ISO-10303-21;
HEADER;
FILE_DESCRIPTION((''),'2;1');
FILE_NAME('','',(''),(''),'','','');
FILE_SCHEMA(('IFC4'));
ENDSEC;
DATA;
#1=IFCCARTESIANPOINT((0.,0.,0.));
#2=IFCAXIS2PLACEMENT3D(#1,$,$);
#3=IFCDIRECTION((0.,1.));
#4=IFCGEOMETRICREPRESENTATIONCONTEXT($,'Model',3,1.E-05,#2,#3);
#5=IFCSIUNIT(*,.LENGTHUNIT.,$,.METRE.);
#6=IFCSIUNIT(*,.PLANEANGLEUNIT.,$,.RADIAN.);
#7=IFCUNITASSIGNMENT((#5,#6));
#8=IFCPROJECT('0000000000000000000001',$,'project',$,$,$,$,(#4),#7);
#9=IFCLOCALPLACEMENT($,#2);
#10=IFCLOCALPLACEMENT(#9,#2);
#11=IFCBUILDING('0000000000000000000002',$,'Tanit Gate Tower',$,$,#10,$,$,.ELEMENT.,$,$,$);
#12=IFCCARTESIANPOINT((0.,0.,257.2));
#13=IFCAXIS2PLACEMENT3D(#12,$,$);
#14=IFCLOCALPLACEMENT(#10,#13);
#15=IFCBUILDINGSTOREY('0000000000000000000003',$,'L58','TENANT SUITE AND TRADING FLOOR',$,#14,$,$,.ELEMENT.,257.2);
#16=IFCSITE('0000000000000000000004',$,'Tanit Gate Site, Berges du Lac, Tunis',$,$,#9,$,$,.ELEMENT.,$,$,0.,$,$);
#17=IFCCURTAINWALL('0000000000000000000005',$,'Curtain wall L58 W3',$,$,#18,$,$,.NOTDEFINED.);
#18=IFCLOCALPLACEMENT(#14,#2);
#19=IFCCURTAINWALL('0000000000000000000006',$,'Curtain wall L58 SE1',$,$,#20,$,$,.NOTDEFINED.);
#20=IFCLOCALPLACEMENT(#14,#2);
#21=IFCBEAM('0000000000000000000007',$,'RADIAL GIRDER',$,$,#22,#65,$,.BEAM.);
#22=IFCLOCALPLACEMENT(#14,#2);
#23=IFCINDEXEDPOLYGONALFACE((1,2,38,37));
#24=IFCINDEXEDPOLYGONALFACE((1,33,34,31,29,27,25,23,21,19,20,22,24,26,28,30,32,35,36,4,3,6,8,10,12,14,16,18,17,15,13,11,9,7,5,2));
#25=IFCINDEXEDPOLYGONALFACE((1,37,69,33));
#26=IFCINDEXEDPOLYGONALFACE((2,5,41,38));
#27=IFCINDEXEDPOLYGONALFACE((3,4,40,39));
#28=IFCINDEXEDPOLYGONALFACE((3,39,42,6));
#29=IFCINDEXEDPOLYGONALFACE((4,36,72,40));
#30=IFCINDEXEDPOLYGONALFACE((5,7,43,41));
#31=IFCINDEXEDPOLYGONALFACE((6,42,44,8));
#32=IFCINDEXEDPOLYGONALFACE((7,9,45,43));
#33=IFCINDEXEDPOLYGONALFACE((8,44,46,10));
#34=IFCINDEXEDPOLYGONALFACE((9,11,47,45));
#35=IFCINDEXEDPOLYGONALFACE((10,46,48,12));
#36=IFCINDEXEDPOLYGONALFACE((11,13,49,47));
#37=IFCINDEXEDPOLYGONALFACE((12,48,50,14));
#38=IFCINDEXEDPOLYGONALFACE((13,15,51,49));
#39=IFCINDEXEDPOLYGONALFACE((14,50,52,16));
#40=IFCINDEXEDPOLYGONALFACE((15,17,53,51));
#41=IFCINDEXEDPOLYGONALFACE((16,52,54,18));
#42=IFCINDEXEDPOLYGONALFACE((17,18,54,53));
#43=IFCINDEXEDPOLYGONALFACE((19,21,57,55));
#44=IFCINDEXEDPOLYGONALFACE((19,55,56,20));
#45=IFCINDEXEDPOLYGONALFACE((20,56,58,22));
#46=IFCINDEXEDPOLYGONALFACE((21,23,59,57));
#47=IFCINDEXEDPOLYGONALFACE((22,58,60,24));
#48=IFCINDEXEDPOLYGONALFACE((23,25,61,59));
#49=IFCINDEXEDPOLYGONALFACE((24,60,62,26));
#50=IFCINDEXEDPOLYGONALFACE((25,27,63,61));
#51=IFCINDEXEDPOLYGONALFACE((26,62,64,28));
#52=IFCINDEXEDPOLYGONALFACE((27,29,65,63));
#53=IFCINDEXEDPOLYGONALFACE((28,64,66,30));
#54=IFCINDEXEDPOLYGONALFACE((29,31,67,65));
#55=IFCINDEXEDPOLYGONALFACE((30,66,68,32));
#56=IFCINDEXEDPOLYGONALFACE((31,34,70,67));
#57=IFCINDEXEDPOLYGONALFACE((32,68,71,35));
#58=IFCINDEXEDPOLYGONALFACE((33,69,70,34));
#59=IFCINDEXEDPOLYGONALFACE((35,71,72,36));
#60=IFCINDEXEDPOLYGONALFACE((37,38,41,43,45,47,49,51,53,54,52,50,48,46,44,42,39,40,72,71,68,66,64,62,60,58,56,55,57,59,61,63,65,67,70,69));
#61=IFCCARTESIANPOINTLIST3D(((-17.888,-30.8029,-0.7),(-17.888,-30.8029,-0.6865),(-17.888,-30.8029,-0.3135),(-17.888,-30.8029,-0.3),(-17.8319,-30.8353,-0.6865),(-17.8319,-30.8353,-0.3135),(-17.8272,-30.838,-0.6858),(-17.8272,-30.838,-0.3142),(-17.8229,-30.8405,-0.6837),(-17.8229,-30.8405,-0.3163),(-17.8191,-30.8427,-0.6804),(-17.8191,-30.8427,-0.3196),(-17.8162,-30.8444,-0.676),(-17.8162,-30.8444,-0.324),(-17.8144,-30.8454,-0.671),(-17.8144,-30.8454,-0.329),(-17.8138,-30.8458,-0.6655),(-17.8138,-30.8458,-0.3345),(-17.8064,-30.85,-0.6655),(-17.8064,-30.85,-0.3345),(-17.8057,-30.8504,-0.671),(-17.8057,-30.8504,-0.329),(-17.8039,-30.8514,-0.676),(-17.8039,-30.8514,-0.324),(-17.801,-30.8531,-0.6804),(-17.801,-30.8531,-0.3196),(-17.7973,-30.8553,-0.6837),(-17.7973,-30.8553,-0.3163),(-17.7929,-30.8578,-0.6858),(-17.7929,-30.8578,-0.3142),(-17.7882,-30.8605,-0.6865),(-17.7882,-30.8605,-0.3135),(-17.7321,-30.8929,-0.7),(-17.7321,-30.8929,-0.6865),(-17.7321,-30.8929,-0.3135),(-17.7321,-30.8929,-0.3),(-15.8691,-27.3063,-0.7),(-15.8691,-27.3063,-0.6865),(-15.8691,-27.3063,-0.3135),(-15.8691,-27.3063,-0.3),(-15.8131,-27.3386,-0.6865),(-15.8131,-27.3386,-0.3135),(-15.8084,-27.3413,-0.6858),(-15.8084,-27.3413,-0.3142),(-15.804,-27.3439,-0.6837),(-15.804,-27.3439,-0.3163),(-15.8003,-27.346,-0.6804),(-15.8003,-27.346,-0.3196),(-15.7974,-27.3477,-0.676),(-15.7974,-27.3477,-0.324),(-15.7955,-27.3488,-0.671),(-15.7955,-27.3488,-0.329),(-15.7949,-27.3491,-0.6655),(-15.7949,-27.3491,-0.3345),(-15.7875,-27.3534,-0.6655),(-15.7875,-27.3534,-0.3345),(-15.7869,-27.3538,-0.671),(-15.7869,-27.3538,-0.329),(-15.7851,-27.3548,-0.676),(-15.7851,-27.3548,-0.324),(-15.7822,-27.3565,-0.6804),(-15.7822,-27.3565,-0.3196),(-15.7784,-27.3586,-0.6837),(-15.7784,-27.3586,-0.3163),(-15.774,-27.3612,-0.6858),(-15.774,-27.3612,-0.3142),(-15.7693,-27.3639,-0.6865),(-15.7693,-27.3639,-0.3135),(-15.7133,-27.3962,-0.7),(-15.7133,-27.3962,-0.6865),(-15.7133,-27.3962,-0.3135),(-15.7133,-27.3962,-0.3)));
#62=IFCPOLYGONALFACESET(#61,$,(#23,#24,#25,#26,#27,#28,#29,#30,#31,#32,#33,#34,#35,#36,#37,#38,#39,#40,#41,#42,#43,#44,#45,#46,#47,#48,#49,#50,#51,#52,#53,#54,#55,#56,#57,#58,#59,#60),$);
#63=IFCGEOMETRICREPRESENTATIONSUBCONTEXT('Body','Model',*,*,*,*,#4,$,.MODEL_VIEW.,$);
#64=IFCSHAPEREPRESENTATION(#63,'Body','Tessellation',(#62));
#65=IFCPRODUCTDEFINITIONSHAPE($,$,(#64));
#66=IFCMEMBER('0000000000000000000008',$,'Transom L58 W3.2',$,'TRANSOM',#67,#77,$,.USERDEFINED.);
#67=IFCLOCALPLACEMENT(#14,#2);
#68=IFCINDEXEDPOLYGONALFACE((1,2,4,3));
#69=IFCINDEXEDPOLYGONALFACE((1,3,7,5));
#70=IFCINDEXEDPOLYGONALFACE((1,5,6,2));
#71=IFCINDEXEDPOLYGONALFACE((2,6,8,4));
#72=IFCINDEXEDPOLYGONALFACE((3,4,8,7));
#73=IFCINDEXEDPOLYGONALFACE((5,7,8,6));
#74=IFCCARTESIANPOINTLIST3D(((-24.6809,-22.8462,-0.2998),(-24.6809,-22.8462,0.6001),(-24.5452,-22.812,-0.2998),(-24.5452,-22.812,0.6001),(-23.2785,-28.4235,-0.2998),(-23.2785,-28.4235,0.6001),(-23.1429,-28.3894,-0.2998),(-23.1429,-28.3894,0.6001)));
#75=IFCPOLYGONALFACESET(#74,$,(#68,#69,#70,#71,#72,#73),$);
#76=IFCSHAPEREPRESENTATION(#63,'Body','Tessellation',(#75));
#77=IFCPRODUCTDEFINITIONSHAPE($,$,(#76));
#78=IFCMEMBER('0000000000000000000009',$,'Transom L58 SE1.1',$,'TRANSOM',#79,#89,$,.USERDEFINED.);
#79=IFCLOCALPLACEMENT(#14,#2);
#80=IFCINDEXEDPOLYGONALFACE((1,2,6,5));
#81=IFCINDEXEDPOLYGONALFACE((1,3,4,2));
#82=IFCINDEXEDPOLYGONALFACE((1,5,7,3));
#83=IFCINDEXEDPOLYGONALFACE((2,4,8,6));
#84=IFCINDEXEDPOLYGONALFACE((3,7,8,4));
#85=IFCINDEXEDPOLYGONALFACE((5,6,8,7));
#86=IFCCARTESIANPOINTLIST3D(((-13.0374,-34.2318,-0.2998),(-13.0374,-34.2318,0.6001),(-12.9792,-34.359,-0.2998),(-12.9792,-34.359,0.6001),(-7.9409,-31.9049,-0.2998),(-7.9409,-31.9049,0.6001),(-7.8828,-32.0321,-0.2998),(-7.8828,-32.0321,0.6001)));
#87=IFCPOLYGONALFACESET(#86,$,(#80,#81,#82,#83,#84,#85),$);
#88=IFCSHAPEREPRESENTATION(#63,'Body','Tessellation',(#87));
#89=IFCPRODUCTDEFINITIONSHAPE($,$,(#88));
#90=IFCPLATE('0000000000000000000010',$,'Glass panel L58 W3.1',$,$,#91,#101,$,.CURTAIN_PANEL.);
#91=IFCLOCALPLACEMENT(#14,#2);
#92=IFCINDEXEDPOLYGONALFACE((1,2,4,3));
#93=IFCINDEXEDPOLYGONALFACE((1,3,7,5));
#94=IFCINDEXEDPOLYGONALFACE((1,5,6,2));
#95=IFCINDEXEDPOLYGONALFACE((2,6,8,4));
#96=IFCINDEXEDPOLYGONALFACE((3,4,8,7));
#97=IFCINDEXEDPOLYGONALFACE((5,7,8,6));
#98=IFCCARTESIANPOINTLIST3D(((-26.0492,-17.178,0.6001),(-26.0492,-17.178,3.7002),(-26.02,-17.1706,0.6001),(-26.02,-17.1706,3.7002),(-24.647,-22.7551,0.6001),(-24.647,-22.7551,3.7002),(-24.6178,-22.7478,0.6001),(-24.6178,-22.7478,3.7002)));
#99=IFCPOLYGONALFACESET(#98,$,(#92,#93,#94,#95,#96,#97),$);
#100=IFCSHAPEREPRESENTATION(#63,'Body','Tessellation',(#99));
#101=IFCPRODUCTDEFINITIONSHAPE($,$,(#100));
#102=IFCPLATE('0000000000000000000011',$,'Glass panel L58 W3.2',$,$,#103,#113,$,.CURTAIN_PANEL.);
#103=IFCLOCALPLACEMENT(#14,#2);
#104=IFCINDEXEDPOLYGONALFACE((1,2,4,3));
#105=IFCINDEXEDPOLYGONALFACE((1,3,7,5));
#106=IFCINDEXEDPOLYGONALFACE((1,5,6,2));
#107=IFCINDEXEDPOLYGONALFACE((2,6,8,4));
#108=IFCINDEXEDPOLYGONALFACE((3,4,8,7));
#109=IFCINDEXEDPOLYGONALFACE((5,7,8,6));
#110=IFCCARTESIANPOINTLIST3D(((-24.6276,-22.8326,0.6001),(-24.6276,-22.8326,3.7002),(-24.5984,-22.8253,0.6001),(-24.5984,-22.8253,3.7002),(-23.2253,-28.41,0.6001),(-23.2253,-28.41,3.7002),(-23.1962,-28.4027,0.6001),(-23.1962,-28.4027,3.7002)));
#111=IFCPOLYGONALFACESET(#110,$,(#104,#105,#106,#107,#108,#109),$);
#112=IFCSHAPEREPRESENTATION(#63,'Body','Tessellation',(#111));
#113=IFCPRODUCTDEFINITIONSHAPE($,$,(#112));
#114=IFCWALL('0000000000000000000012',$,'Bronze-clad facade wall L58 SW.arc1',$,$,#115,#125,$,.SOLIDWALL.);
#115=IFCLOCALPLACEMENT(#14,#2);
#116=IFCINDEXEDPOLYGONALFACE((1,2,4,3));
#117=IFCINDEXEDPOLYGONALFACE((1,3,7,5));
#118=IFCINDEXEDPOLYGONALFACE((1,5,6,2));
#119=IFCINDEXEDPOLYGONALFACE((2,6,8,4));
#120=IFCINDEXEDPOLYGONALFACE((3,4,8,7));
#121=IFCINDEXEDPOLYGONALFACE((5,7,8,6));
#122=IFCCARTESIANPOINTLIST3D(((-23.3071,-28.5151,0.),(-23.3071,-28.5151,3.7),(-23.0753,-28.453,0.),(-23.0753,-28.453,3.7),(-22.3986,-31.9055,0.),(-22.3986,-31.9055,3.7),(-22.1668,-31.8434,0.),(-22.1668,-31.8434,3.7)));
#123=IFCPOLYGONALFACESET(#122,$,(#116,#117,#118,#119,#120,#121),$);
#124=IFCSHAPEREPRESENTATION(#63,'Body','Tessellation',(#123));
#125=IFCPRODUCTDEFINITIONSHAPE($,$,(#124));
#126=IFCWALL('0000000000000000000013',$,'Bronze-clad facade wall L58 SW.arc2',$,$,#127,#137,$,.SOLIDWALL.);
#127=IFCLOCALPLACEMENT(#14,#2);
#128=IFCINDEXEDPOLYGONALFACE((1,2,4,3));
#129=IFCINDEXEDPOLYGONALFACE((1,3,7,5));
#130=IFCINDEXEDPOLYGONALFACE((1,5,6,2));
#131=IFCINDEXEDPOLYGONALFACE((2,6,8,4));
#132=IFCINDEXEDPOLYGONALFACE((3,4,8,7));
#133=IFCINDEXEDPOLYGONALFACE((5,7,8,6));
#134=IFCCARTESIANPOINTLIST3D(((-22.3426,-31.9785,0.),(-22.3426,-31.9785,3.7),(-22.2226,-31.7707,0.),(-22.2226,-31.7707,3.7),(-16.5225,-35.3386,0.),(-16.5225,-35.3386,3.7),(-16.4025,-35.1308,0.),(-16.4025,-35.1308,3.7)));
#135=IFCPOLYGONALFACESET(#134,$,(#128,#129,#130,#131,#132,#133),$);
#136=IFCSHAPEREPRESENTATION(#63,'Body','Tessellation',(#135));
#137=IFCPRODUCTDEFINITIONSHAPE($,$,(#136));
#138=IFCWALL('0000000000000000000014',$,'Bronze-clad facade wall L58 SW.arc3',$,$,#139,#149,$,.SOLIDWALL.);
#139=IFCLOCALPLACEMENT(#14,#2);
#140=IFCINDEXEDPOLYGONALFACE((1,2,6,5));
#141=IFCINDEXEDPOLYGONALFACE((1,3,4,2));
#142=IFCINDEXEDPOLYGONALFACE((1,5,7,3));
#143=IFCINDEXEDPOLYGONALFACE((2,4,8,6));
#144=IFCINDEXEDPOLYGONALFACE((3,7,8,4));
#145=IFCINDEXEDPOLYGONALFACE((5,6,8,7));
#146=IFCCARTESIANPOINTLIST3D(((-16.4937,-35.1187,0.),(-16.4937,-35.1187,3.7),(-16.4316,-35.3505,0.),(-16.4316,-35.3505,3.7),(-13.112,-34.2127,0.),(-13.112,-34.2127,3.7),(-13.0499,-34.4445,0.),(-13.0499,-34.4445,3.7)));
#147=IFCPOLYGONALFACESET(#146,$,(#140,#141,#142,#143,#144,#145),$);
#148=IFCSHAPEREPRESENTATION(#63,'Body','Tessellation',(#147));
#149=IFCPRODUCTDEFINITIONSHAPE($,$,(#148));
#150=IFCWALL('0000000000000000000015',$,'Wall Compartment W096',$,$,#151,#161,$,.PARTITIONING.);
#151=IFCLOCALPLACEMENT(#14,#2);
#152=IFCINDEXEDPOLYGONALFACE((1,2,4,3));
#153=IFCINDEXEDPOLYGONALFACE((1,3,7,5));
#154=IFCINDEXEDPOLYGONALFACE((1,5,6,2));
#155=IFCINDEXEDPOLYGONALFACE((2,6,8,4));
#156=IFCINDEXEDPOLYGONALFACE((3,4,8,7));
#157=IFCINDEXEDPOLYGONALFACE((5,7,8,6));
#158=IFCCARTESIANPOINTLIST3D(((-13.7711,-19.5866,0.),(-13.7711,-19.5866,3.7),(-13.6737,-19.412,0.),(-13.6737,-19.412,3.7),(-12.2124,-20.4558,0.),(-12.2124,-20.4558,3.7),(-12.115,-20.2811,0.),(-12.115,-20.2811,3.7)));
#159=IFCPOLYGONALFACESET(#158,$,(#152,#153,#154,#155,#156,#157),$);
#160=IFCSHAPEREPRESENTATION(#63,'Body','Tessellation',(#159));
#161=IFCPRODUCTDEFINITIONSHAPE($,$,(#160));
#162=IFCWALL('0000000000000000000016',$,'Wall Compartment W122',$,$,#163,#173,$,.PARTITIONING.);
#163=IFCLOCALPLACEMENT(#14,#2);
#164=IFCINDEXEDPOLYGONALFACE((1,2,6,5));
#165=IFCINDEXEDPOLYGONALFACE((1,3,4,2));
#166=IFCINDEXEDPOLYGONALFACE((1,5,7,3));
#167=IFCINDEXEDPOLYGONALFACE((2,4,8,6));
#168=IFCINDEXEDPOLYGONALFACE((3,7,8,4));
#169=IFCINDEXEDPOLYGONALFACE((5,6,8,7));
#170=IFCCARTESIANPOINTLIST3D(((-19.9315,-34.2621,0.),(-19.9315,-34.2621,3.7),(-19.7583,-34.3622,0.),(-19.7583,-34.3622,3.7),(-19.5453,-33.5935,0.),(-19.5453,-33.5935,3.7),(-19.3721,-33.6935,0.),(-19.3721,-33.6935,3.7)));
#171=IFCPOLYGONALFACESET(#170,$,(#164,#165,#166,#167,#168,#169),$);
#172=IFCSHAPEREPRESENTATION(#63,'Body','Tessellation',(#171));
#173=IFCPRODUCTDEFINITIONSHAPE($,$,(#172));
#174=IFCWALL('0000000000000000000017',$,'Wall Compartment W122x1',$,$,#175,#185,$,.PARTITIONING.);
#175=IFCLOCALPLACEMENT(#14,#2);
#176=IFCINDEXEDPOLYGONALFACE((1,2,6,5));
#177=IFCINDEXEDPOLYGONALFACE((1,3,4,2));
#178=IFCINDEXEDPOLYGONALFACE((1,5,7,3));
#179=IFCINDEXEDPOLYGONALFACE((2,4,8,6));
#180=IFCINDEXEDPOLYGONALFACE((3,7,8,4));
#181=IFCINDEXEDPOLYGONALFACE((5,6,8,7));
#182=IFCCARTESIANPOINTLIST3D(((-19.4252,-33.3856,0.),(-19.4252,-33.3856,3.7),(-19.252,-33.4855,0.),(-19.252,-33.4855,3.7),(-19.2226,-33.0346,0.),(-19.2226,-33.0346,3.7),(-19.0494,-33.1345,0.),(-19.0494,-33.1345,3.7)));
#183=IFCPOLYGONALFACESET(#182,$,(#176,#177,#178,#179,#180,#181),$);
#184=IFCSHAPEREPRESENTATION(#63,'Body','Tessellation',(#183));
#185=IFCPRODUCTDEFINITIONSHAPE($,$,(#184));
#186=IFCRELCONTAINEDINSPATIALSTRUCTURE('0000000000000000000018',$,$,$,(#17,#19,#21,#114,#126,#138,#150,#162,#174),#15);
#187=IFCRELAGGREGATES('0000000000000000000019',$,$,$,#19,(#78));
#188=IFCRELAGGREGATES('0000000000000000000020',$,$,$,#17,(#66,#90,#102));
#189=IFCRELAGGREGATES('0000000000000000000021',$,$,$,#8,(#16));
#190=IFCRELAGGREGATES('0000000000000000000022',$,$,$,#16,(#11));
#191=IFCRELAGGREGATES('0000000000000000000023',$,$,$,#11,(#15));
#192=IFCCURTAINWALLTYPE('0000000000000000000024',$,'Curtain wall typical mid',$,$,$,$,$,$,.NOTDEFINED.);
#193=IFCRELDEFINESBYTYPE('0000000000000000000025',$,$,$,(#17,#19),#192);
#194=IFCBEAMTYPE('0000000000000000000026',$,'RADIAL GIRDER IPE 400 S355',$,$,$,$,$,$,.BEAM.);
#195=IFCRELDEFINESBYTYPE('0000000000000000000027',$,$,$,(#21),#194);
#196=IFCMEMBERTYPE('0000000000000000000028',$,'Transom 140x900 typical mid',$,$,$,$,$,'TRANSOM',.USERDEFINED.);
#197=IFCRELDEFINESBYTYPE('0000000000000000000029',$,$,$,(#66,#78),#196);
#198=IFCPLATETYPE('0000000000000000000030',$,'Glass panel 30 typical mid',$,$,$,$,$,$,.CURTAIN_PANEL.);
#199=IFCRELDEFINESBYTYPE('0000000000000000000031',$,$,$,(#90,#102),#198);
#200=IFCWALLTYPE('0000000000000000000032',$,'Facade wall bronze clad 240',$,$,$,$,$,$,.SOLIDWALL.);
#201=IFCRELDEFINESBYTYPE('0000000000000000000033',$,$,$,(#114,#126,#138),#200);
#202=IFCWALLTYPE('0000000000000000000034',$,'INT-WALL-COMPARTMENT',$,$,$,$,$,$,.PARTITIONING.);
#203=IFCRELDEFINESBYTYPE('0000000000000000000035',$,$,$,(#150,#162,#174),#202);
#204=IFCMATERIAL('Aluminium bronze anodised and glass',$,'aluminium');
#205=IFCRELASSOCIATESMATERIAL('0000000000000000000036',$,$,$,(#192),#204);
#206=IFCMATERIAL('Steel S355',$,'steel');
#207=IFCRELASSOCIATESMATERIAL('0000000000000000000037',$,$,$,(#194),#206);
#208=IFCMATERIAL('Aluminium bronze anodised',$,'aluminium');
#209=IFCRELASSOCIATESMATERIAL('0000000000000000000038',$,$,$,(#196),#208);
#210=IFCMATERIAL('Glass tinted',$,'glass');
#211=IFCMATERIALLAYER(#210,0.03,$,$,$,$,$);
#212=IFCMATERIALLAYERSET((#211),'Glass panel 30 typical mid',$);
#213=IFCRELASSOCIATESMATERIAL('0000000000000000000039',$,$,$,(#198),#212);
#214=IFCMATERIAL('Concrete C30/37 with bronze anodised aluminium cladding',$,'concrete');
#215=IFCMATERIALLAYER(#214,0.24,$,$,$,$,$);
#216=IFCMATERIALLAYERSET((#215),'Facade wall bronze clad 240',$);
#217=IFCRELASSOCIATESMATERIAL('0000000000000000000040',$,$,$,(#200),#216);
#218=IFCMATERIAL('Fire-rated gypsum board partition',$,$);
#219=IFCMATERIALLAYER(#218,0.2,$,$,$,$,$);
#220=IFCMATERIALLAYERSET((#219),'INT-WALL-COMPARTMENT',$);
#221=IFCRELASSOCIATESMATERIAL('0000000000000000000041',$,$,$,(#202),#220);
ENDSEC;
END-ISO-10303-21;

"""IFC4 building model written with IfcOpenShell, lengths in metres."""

from ifc_helpers import new_model, si_unit, direction, frame, frame_2d, origin, origin_2d, place, context, subcontext, project, spatial, rectangle, i_section, extrude, material, layer, layer_set, material_profile, profile_set, type_object, element, aggregate, save


model = new_model("IFC4")

# Units and contexts
model_context = context("Model", 3, precision=1e-05, world=origin(), true_north=direction((0.0, 1.0)))
body_context = subcontext(model_context, "Body", "Model", "MODEL_VIEW")
ifc_project = project(units=[si_unit("LENGTHUNIT", "METRE"), si_unit("PLANEANGLEUNIT", "RADIAN")], contexts=[model_context])

# Site, building, storey
site_placement = place(None, origin())
site = spatial("IfcSite", under=ifc_project, at=site_placement, Name="Tanit Gate Site, Berges du Lac, Tunis", CompositionType="ELEMENT", RefElevation=0.0)
building_placement = place(site_placement, origin())
building = spatial("IfcBuilding", under=site, at=building_placement, Name="Tanit Gate Tower", CompositionType="ELEMENT")
storey_placement = place(building_placement, frame((0.0, 0.0, 257.2)))
storey = spatial("IfcBuildingStorey", under=building, at=storey_placement, Name="L58", Description="TENANT SUITE AND TRADING FLOOR", CompositionType="ELEMENT", Elevation=257.2)

# Curtain wall
ifc_material_1 = material(Name="Aluminium bronze anodised and glass", Category="aluminium")
curtain_wall_type = type_object("IfcCurtainWallType", Name="Curtain wall typical mid", PredefinedType="NOTDEFINED", material=ifc_material_1)
curtain_wall_1_placement = place(storey_placement, origin())
curtain_wall_1 = element("IfcCurtainWall", 1, at=curtain_wall_1_placement, inside=storey, type_object=curtain_wall_type, Name="Curtain wall L58 W3", PredefinedType="NOTDEFINED")

# Curtain wall
curtain_wall_2_placement = place(storey_placement, origin())
curtain_wall_2 = element("IfcCurtainWall", 2, at=curtain_wall_2_placement, inside=storey, type_object=curtain_wall_type, Name="Curtain wall L58 SE1", PredefinedType="NOTDEFINED")

# Beam
ifc_material_2 = material(Name="Steel S355", Category="steel")
ifc_material_profile_1 = material_profile(ifc_material_2, i_section(OverallWidth=0.1799, OverallDepth=0.3999, WebThickness=0.0085, FlangeThickness=0.0134, FilletRadius=0.021, at=origin_2d()), Name="IPE 400")
ifc_profile_set_1 = profile_set([ifc_material_profile_1], Name="Steel S355")
beam_type_1 = type_object("IfcBeamType", Name="RADIAL GIRDER IPE 400 S355", PredefinedType="BEAM", material=ifc_profile_set_1)
beam_1_placement = place(storey_placement, frame((-17.8101, -30.8479, -0.5), z_axis=(0.500009, 0.86602, 0.0), x_axis=(-0.86602, 0.500009, 0.0)))
element("IfcBeam", 3, at=beam_1_placement, inside=storey, type_object=beam_type_1, Name="RADIAL GIRDER", PredefinedType="BEAM", context=body_context, shape_type="SweptSolid", body=[
    extrude(i_section(OverallWidth=0.1799, OverallDepth=0.3999, WebThickness=0.0085, FlangeThickness=0.0134, FilletRadius=0.021, at=origin_2d()), origin(), (0.0, 0.0, 1.0), 4.0376),
])

# Members
ifc_material_3 = material(Name="Aluminium bronze anodised", Category="aluminium")
ifc_material_profile_2 = material_profile(ifc_material_3, rectangle(XDim=0.1399, YDim=0.8999, at=origin_2d()), Name="140x900 bronze transom")
ifc_profile_set_2 = profile_set([ifc_material_profile_2], Name="Aluminium bronze anodised")
member_type_1 = type_object("IfcMemberType", Name="Transom 140x900 typical mid", ElementType="TRANSOM", PredefinedType="USERDEFINED", material=ifc_profile_set_2)
member_1_placement = place(storey_placement, frame((-24.613, -22.8291, 0.1501), z_axis=(0.243844, -0.969814, 0.0), x_axis=(0.969814, 0.243844, 0.0)))
member_1 = element("IfcMember", 4, at=member_1_placement, type_object=member_type_1, Name="Transom L58 W3.2", ObjectType="TRANSOM", PredefinedType="USERDEFINED", context=body_context, shape_type="SweptSolid", body=[
    extrude(rectangle(XDim=0.1399, YDim=0.8999, at=origin_2d()), origin(), (0.0, 0.0, 1.0), 5.751),
])
member_2_placement = place(storey_placement, frame((-13.0083, -34.2954, 0.1501), z_axis=(0.90967, 0.415332, 0.0), x_axis=(-0.415332, 0.90967, 0.0)))
member_2 = element("IfcMember", 5, at=member_2_placement, type_object=member_type_1, Name="Transom L58 SE1.1", ObjectType="TRANSOM", PredefinedType="USERDEFINED", context=body_context, shape_type="SweptSolid", body=[
    extrude(rectangle(XDim=0.1399, YDim=0.8999, at=origin_2d()), origin(), (0.0, 0.0, 1.0), 5.6025),
])
aggregate(curtain_wall_2, [member_2])

# Plates
ifc_material_4 = material(Name="Glass tinted", Category="glass")
ifc_layer_1 = layer(ifc_material_4, 0.03)
ifc_layer_set_1 = layer_set([ifc_layer_1], Name="Glass panel 30 typical mid")
plate_type = type_object("IfcPlateType", Name="Glass panel 30 typical mid", PredefinedType="CURTAIN_PANEL", material=ifc_layer_set_1)
plate_1_placement = place(storey_placement, frame((-25.3335, -19.9629, 0.6001), z_axis=(0.0, 0.0, 1.0), x_axis=(0.243832, -0.969818, 0.0)))
plate_1 = element("IfcPlate", 6, at=plate_1_placement, type_object=plate_type, Name="Glass panel L58 W3.1", PredefinedType="CURTAIN_PANEL", context=body_context, shape_type="SweptSolid", body=[
    extrude(rectangle(XDim=5.7507, YDim=0.03, at=origin_2d()), origin(), (0.0, 0.0, 1.0), 3.1001),
])
plate_2_placement = place(storey_placement, frame((-23.9119, -25.6177, 0.6001), z_axis=(0.0, 0.0, 1.0), x_axis=(0.243832, -0.969818, 0.0)))
plate_2 = element("IfcPlate", 7, at=plate_2_placement, type_object=plate_type, Name="Glass panel L58 W3.2", PredefinedType="CURTAIN_PANEL", context=body_context, shape_type="SweptSolid", body=[
    extrude(rectangle(XDim=5.751, YDim=0.03, at=origin_2d()), origin(), (0.0, 0.0, 1.0), 3.1001),
])
aggregate(curtain_wall_1, [member_1, plate_1, plate_2])

# Walls
ifc_material_5 = material(Name="Concrete C30/37 with bronze anodised aluminium cladding", Category="concrete")
ifc_layer_2 = layer(ifc_material_5, 0.24)
ifc_layer_set_2 = layer_set([ifc_layer_2], Name="Facade wall bronze clad 240")
wall_type_1 = type_object("IfcWallType", Name="Facade wall bronze clad 240", PredefinedType="SOLIDWALL", material=ifc_layer_set_2)
wall_1_placement = place(storey_placement, frame((-23.1912, -28.4841, 0.0), z_axis=(0.0, 0.0, 1.0), x_axis=(0.258818, -0.965926, 0.0)))
element("IfcWall", 8, at=wall_1_placement, inside=storey, type_object=wall_type_1, Name="Bronze-clad facade wall L58 SW.arc1", PredefinedType="SOLIDWALL", context=body_context, shape_type="SweptSolid", body=[
    extrude(rectangle(XDim=3.51, YDim=0.24, at=frame_2d((1.7549, 0.0))), origin(), (0.0, 0.0, 1.0), 3.7),
])
wall_2_placement = place(storey_placement, frame((-22.2827, -31.8745, 0.0), z_axis=(0.0, 0.0, 1.0), x_axis=(0.866033, -0.499988, 0.0)))
element("IfcWall", 9, at=wall_2_placement, inside=storey, type_object=wall_type_1, Name="Bronze-clad facade wall L58 SW.arc2", PredefinedType="SOLIDWALL", context=body_context, shape_type="SweptSolid", body=[
    extrude(rectangle(XDim=6.7205, YDim=0.24, at=frame_2d((3.3604, 0.0))), origin(), (0.0, 0.0, 1.0), 3.7),
])
wall_3_placement = place(storey_placement, frame((-16.4626, -35.2346, 0.0), z_axis=(0.0, 0.0, 1.0), x_axis=(0.965932, 0.258795, 0.0)))
element("IfcWall", 10, at=wall_3_placement, inside=storey, type_object=wall_type_1, Name="Bronze-clad facade wall L58 SW.arc3", PredefinedType="SOLIDWALL", context=body_context, shape_type="SweptSolid", body=[
    extrude(rectangle(XDim=3.501, YDim=0.24, at=frame_2d((1.7505, 0.0))), origin(), (0.0, 0.0, 1.0), 3.7),
])
ifc_material_6 = material(Name="Fire-rated gypsum board partition")
ifc_layer_3 = layer(ifc_material_6, 0.2)
ifc_layer_set_3 = layer_set([ifc_layer_3], Name="INT-WALL-COMPARTMENT")
wall_type_2 = type_object("IfcWallType", Name="INT-WALL-COMPARTMENT", PredefinedType="PARTITIONING", material=ifc_layer_set_3)
wall_4_placement = place(storey_placement, frame((-13.7224, -19.4993, 0.0), z_axis=(0.0, 0.0, 1.0), x_axis=(0.873382, -0.487036, 0.0)))
element("IfcWall", 11, at=wall_4_placement, inside=storey, type_object=wall_type_2, Name="Wall Compartment W096", PredefinedType="PARTITIONING", context=body_context, shape_type="SweptSolid", body=[
    extrude(rectangle(XDim=1.7847, YDim=0.2, at=frame_2d((0.8923, 0.0))), origin(), (0.0, 0.0, 1.0), 3.7),
])
wall_5_placement = place(storey_placement, frame((-19.845, -34.3123, 0.0), z_axis=(0.0, 0.0, 1.0), x_axis=(0.500151, 0.865938, 0.0)))
element("IfcWall", 12, at=wall_5_placement, inside=storey, type_object=wall_type_2, Name="Wall Compartment W122", PredefinedType="PARTITIONING", context=body_context, shape_type="SweptSolid", body=[
    extrude(rectangle(XDim=0.7722, YDim=0.2, at=frame_2d((0.3862, 0.0))), origin(), (0.0, 0.0, 1.0), 3.7),
])
wall_6_placement = place(storey_placement, frame((-19.3386, -33.4355, 0.0), z_axis=(0.0, 0.0, 1.0), x_axis=(0.499896, 0.866085, 0.0)))
element("IfcWall", 13, at=wall_6_placement, inside=storey, type_object=wall_type_2, Name="Wall Compartment W122x1", PredefinedType="PARTITIONING", context=body_context, shape_type="SweptSolid", body=[
    extrude(rectangle(XDim=0.4053, YDim=0.2, at=frame_2d((0.2026, 0.0))), origin(), (0.0, 0.0, 1.0), 3.7),
])

save(model, "model.ifc")
